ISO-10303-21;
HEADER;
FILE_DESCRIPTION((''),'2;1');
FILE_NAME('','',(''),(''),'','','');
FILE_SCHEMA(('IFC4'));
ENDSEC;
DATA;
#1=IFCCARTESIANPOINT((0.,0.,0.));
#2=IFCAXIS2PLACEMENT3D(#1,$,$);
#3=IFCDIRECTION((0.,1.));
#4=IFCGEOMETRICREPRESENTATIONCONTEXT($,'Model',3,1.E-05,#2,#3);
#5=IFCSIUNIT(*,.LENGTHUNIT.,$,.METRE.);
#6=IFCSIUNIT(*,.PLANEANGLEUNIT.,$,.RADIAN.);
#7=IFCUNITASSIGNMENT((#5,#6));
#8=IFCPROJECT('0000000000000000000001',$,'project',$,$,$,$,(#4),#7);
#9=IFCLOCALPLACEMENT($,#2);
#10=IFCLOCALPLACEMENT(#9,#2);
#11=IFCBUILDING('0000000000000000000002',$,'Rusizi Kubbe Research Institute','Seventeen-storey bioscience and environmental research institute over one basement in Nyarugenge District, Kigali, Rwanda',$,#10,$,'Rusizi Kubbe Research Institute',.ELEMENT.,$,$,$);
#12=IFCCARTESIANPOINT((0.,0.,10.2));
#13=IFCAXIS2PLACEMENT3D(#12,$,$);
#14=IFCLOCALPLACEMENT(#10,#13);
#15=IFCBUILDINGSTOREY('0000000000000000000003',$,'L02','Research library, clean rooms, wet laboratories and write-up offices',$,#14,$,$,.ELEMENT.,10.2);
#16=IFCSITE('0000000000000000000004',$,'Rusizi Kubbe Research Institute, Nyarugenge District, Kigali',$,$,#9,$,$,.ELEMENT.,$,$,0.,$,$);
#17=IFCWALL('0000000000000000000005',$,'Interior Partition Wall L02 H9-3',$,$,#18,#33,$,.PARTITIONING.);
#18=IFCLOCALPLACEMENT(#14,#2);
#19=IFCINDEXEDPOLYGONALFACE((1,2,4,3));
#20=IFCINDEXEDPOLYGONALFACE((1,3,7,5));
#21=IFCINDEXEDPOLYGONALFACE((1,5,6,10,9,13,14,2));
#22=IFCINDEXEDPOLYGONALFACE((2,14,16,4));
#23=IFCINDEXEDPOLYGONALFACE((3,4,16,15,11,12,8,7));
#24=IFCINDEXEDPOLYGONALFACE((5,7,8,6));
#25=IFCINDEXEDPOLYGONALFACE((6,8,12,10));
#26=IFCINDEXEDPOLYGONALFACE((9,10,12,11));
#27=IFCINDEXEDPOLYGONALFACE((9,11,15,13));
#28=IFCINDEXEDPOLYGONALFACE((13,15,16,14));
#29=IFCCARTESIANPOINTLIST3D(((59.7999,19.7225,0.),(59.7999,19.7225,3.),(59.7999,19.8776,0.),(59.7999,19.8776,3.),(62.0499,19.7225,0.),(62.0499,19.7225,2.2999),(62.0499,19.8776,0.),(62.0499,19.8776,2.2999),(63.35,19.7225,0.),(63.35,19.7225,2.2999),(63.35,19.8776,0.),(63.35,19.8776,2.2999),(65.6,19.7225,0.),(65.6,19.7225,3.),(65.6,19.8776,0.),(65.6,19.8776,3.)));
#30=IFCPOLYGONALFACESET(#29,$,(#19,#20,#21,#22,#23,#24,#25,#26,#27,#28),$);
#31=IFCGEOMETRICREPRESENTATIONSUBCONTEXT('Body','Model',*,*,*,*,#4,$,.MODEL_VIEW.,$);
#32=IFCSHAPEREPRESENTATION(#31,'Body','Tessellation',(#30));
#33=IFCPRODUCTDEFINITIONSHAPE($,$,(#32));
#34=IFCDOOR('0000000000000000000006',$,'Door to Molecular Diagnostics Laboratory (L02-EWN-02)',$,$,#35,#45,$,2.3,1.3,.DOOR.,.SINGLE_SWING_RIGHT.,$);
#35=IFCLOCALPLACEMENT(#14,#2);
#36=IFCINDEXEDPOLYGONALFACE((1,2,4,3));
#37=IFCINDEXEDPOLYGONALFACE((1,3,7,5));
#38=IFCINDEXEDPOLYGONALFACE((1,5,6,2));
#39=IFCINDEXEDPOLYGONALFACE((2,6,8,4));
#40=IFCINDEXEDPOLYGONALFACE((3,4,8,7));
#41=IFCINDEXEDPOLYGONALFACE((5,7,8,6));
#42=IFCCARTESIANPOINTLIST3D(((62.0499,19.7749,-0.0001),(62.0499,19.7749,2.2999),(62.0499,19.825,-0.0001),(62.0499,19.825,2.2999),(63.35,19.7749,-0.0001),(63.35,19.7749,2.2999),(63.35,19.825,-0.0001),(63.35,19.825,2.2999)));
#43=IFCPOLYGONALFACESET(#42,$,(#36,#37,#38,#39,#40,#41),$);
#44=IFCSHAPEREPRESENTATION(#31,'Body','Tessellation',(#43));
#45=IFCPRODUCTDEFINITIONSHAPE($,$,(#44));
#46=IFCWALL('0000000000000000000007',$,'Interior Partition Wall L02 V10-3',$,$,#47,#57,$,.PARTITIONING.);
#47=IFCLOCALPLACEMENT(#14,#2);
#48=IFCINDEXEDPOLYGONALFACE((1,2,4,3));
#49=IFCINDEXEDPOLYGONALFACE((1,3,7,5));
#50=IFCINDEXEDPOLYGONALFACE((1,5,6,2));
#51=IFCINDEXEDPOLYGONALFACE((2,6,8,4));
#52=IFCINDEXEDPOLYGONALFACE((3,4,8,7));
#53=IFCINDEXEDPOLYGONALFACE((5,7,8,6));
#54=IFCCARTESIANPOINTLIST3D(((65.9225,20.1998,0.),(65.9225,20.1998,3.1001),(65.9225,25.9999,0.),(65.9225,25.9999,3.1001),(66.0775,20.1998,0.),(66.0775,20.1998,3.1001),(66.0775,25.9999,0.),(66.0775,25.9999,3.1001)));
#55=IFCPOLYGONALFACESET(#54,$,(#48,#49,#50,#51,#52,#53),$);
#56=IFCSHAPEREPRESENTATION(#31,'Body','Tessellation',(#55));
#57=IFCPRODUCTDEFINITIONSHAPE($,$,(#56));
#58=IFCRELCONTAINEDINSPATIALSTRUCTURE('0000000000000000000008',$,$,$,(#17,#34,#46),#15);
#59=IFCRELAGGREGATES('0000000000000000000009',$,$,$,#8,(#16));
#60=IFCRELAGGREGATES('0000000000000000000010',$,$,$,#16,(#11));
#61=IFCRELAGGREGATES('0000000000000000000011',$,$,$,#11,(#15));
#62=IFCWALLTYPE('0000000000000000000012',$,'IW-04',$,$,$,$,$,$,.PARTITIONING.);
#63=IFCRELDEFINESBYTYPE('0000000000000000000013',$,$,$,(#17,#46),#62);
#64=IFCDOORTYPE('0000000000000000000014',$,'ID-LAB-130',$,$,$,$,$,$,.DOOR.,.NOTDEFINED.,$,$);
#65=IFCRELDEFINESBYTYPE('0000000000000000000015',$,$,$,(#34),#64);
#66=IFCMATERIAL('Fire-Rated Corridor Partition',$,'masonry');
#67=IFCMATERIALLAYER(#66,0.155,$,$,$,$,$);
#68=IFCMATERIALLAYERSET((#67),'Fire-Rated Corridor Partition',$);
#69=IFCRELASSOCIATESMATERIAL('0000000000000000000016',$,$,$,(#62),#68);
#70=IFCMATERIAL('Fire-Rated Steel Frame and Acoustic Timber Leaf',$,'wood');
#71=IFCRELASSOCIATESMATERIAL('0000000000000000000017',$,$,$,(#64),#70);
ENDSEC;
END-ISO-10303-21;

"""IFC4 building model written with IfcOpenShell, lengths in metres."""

from ifc_helpers import new_model, si_unit, direction, frame, frame_2d, origin, place, context, subcontext, project, spatial, rectangle, extrude, material, layer, layer_set, type_object, element, fill, save


model = new_model("IFC4")

# Units and contexts
model_context = context("Model", 3, precision=1e-05, world=origin(), true_north=direction((0.0, 1.0)))
body_context = subcontext(model_context, "Body", "Model", "MODEL_VIEW")
ifc_project = project(units=[si_unit("LENGTHUNIT", "METRE"), si_unit("PLANEANGLEUNIT", "RADIAN")], contexts=[model_context])

# Site, building, storey
site_placement = place(None, origin())
site = spatial("IfcSite", under=ifc_project, at=site_placement, Name="Rusizi Kubbe Research Institute, Nyarugenge District, Kigali", CompositionType="ELEMENT", RefElevation=0.0)
building_placement = place(site_placement, origin())
building = spatial("IfcBuilding", under=site, at=building_placement, Name="Rusizi Kubbe Research Institute", Description="Seventeen-storey bioscience and environmental research institute over one basement in Nyarugenge District, Kigali, Rwanda", LongName="Rusizi Kubbe Research Institute", CompositionType="ELEMENT")
storey_placement = place(building_placement, frame((0.0, 0.0, 10.2)))
storey = spatial("IfcBuildingStorey", under=building, at=storey_placement, Name="L02", Description="Research library, clean rooms, wet laboratories and write-up offices", CompositionType="ELEMENT", Elevation=10.2)

# Wall, opening, door
ifc_material_1 = material(Name="Fire-Rated Corridor Partition", Category="masonry")
ifc_layer_1 = layer(ifc_material_1, 0.155)
ifc_layer_set_1 = layer_set([ifc_layer_1], Name="Fire-Rated Corridor Partition")
wall_type = type_object("IfcWallType", Name="IW-04", PredefinedType="PARTITIONING", material=ifc_layer_set_1)
wall_1_placement = place(storey_placement, frame((59.8, 19.8, 0.0), z_axis=(0.0, 0.0, 1.0), x_axis=(1.0, 0.0, 0.0)))
wall_1 = element("IfcWall", 1, at=wall_1_placement, inside=storey, type_object=wall_type, Name="Interior Partition Wall L02 H9-3", PredefinedType="PARTITIONING", context=body_context, shape_type="SweptSolid", body=[
    extrude(rectangle(XDim=5.8, YDim=0.155, at=frame_2d((2.8999, 0.0))), origin(), (0.0, 0.0, 1.0), 3.0),
])
opening_placement = place(wall_1_placement, frame((2.25, 0.0, 0.0)))
opening = element("IfcOpeningElement", 2, at=opening_placement, cuts=wall_1, PredefinedType="OPENING", context=body_context, shape_type="SweptSolid", body=[
    extrude(rectangle(XDim=1.3, YDim=2.3, at=frame_2d((0.6499, 1.1499))), frame((0.0, 0.0874, 0.0), z_axis=(0.0, -1.0, 0.0), x_axis=(1.0, 0.0, 0.0)), (0.0, 0.0, 1.0), 0.175),
])
ifc_material_2 = material(Name="Fire-Rated Steel Frame and Acoustic Timber Leaf", Category="wood")
door_type = type_object("IfcDoorType", Name="ID-LAB-130", OperationType="NOTDEFINED", PredefinedType="DOOR", material=ifc_material_2)
door_placement = place(opening_placement, origin())
door = element("IfcDoor", 3, at=door_placement, inside=storey, type_object=door_type, Name="Door to Molecular Diagnostics Laboratory (L02-EWN-02)", OperationType="SINGLE_SWING_RIGHT", OverallHeight=2.3, OverallWidth=1.3, PredefinedType="DOOR", context=body_context, shape_type="SweptSolid", body=[
    extrude(rectangle(XDim=1.3, YDim=2.3, at=frame_2d((0.6499, 1.1499))), frame((0.0, 0.0249, 0.0), z_axis=(0.0, -1.0, 0.0), x_axis=(1.0, 0.0, 0.0)), (0.0, 0.0, 1.0), 0.05),
])
fill(opening, door)

# Wall
wall_2_placement = place(storey_placement, frame((66.0, 20.2, 0.0), z_axis=(0.0, 0.0, 1.0), x_axis=(0.0, 1.0, 0.0)))
element("IfcWall", 4, at=wall_2_placement, inside=storey, type_object=wall_type, Name="Interior Partition Wall L02 V10-3", PredefinedType="PARTITIONING", context=body_context, shape_type="SweptSolid", body=[
    extrude(rectangle(XDim=5.8, YDim=0.155, at=frame_2d((2.8999, 0.0))), origin(), (0.0, 0.0, 1.0), 3.1001),
])

save(model, "model.ifc")
